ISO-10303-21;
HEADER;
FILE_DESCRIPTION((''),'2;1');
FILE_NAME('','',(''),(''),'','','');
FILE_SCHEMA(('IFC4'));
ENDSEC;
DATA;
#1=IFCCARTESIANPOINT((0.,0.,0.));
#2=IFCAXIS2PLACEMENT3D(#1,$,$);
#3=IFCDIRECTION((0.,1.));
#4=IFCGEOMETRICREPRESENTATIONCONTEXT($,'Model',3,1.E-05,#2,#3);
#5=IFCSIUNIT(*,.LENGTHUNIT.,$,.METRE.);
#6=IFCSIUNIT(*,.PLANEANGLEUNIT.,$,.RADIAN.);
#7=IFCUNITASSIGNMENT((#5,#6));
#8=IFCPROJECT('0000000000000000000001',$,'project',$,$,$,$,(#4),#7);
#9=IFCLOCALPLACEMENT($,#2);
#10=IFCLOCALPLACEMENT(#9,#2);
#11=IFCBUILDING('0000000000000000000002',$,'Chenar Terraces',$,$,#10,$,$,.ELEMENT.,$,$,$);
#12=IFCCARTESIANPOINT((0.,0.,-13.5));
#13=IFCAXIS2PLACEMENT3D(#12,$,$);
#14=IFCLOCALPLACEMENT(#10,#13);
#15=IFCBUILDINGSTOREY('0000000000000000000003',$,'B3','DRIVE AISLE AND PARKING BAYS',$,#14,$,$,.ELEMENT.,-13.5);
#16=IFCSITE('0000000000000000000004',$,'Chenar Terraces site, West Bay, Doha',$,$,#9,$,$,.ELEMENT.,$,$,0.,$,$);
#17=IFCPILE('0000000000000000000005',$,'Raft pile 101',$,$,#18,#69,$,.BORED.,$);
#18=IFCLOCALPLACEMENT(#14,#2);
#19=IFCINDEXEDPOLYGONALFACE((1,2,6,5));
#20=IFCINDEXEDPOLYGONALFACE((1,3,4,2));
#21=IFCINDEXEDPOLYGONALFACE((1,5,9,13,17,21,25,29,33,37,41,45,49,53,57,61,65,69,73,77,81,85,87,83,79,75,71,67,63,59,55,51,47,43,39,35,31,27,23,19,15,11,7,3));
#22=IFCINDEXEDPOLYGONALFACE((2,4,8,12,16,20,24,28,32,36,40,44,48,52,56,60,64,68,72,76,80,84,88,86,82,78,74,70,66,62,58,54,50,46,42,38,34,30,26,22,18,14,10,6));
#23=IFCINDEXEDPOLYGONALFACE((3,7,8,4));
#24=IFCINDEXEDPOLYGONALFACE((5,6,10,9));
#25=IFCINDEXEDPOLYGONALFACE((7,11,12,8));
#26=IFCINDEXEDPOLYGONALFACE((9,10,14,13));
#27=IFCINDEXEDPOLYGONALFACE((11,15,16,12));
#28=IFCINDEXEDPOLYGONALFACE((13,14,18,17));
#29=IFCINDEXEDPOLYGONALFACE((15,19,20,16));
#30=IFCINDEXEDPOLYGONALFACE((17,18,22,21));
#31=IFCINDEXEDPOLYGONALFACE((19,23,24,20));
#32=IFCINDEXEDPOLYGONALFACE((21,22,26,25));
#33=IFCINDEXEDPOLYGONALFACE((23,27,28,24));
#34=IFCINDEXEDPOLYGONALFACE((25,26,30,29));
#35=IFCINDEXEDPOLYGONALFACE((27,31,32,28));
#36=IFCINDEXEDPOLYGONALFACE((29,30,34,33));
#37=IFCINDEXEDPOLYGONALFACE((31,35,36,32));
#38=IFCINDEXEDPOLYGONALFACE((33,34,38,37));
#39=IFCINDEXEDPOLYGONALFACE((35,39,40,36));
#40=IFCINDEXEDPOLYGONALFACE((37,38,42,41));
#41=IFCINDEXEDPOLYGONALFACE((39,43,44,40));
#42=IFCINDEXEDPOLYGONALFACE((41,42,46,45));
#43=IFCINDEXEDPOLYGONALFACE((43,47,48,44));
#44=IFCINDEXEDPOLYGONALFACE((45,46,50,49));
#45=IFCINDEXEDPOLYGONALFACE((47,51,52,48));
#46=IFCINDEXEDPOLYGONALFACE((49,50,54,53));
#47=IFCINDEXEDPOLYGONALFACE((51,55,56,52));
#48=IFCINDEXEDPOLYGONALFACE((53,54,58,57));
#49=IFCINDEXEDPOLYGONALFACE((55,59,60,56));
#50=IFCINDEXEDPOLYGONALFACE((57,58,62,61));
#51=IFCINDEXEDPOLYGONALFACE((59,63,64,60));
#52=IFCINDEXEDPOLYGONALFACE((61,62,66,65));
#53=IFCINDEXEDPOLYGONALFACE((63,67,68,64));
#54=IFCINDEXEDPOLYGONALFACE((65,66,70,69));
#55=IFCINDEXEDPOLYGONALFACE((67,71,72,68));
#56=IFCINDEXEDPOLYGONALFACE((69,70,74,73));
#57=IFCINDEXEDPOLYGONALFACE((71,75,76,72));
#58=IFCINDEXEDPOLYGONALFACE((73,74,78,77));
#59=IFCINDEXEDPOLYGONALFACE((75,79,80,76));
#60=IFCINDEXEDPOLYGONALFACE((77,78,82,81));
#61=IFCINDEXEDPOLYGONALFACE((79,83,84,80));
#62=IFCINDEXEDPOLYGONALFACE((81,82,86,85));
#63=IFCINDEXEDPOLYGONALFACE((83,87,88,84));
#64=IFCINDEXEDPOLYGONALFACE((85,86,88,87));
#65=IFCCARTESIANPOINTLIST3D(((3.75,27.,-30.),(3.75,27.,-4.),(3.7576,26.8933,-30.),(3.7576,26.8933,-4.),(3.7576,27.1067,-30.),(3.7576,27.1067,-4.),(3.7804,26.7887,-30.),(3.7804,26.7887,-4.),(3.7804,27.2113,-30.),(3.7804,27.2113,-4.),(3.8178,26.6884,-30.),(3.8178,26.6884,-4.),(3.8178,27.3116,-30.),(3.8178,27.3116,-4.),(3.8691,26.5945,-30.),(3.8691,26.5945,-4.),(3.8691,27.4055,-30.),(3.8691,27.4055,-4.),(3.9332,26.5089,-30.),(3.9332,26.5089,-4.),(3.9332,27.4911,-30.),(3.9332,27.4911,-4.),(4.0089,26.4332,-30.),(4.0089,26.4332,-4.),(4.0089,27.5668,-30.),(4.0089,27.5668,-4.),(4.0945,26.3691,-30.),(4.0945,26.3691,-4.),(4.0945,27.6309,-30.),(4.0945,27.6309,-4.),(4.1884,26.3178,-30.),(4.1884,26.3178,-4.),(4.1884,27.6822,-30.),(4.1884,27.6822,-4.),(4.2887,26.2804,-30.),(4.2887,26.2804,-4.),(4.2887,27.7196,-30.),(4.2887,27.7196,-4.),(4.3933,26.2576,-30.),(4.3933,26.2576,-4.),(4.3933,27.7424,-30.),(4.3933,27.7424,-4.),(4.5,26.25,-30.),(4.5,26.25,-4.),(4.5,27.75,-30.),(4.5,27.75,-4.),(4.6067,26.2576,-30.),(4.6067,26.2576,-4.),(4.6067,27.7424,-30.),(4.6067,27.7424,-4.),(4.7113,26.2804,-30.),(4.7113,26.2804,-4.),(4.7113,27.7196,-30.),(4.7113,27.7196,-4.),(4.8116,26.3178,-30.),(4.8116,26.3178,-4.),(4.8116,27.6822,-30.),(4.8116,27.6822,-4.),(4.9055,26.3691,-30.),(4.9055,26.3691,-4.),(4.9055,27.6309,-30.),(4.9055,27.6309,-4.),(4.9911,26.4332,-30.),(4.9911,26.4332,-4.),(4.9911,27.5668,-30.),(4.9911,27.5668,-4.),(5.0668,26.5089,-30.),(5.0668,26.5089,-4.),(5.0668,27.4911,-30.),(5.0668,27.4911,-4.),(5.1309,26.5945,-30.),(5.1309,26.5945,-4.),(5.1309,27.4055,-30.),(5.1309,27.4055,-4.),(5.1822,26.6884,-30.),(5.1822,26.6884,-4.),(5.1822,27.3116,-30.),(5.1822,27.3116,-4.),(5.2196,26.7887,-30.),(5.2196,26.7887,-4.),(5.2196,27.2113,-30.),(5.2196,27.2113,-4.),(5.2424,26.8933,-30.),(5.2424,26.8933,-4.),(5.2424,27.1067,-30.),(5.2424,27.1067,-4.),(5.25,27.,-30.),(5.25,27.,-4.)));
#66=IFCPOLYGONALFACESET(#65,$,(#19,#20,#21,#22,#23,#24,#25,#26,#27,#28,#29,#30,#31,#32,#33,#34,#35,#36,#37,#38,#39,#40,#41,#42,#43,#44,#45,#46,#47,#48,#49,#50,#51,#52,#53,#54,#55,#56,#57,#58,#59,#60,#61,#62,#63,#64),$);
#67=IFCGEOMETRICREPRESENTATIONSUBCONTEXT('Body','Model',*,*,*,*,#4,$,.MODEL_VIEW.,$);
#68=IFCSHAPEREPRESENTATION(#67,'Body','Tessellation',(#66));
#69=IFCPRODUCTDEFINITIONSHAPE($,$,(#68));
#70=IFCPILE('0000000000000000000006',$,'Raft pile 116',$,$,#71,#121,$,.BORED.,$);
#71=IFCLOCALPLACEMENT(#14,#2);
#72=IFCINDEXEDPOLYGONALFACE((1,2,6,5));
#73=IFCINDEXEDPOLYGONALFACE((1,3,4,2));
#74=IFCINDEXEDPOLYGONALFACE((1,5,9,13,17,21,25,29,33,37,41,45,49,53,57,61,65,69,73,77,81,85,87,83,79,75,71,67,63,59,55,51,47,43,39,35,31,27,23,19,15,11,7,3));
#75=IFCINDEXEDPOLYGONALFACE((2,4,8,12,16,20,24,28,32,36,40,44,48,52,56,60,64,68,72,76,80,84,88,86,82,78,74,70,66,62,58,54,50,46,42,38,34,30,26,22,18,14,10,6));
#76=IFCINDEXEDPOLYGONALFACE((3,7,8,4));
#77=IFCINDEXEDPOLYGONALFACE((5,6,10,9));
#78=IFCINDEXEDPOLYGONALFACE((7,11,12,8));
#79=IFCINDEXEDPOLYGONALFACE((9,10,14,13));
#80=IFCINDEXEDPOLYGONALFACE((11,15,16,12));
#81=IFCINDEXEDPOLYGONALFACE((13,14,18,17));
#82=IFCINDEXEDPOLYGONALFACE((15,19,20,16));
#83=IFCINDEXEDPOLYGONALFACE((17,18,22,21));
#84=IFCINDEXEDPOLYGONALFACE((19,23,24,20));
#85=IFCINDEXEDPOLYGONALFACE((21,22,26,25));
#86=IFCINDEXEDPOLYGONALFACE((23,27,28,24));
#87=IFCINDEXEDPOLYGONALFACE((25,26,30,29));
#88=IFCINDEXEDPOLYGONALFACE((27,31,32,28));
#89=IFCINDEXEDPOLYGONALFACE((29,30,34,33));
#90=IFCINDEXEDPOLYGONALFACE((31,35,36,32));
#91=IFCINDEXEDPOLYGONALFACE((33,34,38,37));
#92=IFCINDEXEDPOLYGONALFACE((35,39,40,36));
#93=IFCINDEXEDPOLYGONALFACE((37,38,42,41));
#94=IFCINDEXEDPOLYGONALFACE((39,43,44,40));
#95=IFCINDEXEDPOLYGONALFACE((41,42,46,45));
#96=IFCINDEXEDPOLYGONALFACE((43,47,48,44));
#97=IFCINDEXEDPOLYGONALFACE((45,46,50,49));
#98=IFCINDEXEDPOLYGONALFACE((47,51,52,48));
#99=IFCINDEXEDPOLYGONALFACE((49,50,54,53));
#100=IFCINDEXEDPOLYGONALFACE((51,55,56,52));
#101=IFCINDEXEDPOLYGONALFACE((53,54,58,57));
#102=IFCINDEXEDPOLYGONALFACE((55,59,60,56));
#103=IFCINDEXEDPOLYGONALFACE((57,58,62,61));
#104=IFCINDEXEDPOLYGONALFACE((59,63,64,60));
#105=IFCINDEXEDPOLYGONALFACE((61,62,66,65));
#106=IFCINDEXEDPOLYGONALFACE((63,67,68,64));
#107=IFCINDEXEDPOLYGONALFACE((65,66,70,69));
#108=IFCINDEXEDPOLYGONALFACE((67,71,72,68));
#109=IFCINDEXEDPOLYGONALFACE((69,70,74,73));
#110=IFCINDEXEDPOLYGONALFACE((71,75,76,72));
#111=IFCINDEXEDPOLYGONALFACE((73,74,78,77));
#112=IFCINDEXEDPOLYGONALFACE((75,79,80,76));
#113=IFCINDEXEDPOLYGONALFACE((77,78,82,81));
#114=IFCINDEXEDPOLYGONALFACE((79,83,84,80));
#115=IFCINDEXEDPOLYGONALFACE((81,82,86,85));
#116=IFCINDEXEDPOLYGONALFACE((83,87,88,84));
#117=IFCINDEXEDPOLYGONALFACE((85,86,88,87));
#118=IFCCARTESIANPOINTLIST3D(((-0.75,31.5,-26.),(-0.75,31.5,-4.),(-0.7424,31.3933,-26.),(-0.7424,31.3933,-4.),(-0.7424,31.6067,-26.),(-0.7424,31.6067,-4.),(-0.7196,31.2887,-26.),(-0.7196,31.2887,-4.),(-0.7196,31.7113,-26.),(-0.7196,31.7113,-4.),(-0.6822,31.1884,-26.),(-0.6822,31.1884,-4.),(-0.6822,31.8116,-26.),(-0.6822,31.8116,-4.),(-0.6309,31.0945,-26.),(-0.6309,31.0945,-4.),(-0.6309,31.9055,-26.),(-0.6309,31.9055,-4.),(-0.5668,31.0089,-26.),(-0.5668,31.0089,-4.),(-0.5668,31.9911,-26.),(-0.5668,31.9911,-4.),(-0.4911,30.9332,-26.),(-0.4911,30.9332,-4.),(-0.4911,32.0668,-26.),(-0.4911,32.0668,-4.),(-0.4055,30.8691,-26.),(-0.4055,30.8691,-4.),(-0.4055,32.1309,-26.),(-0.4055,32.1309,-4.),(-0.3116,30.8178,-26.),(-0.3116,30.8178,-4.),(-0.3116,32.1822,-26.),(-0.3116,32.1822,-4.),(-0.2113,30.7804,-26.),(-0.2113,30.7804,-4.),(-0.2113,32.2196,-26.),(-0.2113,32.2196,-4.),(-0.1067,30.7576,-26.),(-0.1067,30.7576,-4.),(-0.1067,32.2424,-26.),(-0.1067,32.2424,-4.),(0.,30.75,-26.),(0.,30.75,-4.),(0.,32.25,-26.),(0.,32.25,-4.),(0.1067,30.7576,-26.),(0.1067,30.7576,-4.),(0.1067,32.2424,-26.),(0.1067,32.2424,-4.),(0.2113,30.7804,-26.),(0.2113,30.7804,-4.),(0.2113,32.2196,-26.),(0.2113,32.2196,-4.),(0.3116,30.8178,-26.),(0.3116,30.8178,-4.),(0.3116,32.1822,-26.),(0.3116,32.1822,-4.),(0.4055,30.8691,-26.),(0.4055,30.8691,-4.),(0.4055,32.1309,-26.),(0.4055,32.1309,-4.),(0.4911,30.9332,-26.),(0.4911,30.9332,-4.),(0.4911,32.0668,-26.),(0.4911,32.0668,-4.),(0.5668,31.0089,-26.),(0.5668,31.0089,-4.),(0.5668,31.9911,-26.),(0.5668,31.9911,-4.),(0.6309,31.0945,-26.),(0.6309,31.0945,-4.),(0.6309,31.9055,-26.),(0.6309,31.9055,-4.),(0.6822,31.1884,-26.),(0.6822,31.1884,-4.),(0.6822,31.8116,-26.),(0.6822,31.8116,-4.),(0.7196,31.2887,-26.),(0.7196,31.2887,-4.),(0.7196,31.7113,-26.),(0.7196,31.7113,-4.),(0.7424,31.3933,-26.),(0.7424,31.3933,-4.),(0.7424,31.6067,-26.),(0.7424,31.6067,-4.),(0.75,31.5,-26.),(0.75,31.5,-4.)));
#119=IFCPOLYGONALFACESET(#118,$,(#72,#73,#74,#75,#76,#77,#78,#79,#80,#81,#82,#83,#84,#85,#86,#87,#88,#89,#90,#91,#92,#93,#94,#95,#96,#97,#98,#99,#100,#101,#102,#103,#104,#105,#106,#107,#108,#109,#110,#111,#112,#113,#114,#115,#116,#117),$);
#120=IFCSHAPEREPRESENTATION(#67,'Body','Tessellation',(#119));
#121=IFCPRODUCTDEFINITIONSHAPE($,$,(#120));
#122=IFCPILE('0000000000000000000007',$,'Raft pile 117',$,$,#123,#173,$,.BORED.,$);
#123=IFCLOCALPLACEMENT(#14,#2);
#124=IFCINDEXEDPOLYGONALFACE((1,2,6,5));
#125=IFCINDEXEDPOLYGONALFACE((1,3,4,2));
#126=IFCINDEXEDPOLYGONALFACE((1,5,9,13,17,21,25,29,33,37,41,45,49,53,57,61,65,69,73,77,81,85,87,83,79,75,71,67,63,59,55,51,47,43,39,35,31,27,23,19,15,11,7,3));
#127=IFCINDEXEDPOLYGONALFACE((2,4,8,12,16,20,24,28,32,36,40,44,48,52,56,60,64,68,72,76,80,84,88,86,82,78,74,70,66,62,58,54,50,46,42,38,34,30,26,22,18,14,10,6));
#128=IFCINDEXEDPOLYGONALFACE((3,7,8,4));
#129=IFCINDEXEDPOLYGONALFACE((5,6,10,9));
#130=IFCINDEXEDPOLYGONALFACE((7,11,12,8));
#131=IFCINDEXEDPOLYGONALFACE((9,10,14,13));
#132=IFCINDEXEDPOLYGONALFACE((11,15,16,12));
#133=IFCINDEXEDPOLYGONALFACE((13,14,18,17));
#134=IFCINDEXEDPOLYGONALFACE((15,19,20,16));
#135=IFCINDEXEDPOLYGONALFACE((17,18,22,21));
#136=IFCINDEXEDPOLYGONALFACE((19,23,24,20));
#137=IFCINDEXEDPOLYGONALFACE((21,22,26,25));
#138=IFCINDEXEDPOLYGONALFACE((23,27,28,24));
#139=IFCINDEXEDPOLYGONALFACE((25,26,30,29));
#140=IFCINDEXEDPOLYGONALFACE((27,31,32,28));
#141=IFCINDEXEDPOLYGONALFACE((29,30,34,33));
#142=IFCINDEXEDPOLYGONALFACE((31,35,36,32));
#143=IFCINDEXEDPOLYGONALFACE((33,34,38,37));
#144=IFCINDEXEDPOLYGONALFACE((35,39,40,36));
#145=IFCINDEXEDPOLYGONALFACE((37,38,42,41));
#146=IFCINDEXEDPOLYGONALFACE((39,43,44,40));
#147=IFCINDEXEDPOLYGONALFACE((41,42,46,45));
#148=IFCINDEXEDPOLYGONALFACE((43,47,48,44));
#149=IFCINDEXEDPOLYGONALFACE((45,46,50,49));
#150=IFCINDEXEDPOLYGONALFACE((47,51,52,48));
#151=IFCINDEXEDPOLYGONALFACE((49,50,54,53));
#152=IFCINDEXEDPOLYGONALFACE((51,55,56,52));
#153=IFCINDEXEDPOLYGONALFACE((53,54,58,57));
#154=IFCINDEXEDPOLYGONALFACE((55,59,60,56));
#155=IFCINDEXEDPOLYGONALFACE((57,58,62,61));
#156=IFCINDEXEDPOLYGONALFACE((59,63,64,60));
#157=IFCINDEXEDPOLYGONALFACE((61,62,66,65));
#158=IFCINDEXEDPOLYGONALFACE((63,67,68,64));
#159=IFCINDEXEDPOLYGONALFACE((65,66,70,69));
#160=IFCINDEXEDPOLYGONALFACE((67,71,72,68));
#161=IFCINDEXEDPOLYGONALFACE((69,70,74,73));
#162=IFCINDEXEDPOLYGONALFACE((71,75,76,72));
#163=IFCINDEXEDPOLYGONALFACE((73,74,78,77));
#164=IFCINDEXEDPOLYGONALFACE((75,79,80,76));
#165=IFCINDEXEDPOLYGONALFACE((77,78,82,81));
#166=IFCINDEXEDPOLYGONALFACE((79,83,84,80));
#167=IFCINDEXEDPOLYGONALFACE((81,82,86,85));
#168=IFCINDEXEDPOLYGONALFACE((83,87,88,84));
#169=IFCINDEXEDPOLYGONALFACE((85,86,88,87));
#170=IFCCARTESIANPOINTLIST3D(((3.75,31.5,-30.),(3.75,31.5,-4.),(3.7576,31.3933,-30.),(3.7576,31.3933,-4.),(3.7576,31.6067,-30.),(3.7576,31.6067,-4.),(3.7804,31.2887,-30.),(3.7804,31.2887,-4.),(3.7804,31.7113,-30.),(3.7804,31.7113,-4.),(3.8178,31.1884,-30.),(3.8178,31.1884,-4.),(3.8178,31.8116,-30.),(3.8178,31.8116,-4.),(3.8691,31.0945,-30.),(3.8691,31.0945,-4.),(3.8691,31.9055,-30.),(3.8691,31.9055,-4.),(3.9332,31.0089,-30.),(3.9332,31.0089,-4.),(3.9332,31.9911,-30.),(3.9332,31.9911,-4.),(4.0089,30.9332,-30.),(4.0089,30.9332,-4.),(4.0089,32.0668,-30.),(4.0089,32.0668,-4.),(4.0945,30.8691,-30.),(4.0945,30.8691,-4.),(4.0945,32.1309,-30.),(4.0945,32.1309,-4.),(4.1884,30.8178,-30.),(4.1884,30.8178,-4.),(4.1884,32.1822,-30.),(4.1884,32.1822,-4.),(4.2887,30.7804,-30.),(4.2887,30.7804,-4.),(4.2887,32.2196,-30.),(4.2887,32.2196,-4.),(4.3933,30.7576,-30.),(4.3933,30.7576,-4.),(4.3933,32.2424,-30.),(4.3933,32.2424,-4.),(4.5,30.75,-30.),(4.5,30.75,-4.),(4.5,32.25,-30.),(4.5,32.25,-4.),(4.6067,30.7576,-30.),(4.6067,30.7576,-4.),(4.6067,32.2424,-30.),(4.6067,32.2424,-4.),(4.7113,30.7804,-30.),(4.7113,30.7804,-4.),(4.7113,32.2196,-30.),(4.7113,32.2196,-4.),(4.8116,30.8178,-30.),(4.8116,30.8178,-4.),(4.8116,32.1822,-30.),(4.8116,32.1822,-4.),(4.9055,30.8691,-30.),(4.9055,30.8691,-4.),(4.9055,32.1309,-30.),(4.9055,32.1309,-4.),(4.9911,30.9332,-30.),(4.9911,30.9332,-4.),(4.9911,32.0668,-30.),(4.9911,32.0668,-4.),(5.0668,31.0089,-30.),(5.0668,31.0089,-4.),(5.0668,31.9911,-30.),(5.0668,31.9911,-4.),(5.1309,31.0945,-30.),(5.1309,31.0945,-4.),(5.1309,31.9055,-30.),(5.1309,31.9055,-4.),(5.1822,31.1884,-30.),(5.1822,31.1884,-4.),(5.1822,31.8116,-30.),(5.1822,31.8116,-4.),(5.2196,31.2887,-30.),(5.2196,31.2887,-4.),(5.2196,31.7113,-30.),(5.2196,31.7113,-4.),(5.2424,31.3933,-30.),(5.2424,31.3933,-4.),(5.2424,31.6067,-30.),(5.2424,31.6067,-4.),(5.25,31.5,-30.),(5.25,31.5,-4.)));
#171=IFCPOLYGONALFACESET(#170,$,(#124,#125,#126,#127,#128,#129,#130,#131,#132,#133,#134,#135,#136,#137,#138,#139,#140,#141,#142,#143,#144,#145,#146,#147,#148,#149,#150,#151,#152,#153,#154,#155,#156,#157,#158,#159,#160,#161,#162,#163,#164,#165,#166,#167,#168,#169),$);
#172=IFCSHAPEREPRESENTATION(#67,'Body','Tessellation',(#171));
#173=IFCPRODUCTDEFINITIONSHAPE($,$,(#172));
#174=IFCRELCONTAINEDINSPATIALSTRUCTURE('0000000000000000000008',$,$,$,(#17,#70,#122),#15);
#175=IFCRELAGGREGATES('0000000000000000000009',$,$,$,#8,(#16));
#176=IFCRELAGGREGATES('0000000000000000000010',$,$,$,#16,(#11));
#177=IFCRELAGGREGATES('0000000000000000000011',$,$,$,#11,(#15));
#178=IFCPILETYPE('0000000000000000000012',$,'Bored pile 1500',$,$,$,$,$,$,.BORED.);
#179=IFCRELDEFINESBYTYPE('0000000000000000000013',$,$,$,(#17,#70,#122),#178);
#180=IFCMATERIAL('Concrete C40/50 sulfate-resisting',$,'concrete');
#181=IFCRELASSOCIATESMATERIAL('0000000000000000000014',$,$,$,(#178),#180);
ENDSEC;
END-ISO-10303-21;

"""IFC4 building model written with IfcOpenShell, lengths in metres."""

from ifc_helpers import new_model, si_unit, direction, frame, origin, origin_2d, place, context, subcontext, project, spatial, circle, extrude, material, material_profile, profile_set, type_object, element, save


model = new_model("IFC4")

# Units and contexts
model_context = context("Model", 3, precision=1e-05, world=origin(), true_north=direction((0.0, 1.0)))
body_context = subcontext(model_context, "Body", "Model", "MODEL_VIEW")
ifc_project = project(units=[si_unit("LENGTHUNIT", "METRE"), si_unit("PLANEANGLEUNIT", "RADIAN")], contexts=[model_context])

# Site, building, storey
site_placement = place(None, origin())
site = spatial("IfcSite", under=ifc_project, at=site_placement, Name="Chenar Terraces site, West Bay, Doha", CompositionType="ELEMENT", RefElevation=0.0)
building_placement = place(site_placement, origin())
building = spatial("IfcBuilding", under=site, at=building_placement, Name="Chenar Terraces", CompositionType="ELEMENT")
storey_placement = place(building_placement, frame((0.0, 0.0, -13.5)))
storey = spatial("IfcBuildingStorey", under=building, at=storey_placement, Name="B3", Description="DRIVE AISLE AND PARKING BAYS", CompositionType="ELEMENT", Elevation=-13.5)

# Piles
ifc_material_1 = material(Name="Concrete C40/50 sulfate-resisting", Category="concrete")
ifc_material_profile_1 = material_profile(ifc_material_1, circle(Radius=0.75, at=origin_2d()), Name="BP 1500")
ifc_profile_set_1 = profile_set([ifc_material_profile_1], Name="Concrete C40/50 sulfate-resisting")
pile_type_1 = type_object("IfcPileType", Name="Bored pile 1500", PredefinedType="BORED", material=ifc_profile_set_1)
pile_1_placement = place(storey_placement, frame((4.5, 27.0, -4.0), z_axis=(0.0, 0.0, -1.0), x_axis=(1.0, 0.0, 0.0)))
element("IfcPile", 1, at=pile_1_placement, inside=storey, type_object=pile_type_1, Name="Raft pile 101", PredefinedType="BORED", context=body_context, shape_type="SweptSolid", body=[
    extrude(circle(Radius=0.75, at=origin_2d()), origin(), (0.0, 0.0, 1.0), 26.0),
])
pile_2_placement = place(storey_placement, frame((0.0, 31.5, -4.0), z_axis=(0.0, 0.0, -1.0), x_axis=(1.0, 0.0, 0.0)))
element("IfcPile", 2, at=pile_2_placement, inside=storey, type_object=pile_type_1, Name="Raft pile 116", PredefinedType="BORED", context=body_context, shape_type="SweptSolid", body=[
    extrude(circle(Radius=0.75, at=origin_2d()), origin(), (0.0, 0.0, 1.0), 22.0),
])
pile_3_placement = place(storey_placement, frame((4.5, 31.5, -4.0), z_axis=(0.0, 0.0, -1.0), x_axis=(1.0, 0.0, 0.0)))
element("IfcPile", 3, at=pile_3_placement, inside=storey, type_object=pile_type_1, Name="Raft pile 117", PredefinedType="BORED", context=body_context, shape_type="SweptSolid", body=[
    extrude(circle(Radius=0.75, at=origin_2d()), origin(), (0.0, 0.0, 1.0), 26.0),
])

save(model, "model.ifc")
